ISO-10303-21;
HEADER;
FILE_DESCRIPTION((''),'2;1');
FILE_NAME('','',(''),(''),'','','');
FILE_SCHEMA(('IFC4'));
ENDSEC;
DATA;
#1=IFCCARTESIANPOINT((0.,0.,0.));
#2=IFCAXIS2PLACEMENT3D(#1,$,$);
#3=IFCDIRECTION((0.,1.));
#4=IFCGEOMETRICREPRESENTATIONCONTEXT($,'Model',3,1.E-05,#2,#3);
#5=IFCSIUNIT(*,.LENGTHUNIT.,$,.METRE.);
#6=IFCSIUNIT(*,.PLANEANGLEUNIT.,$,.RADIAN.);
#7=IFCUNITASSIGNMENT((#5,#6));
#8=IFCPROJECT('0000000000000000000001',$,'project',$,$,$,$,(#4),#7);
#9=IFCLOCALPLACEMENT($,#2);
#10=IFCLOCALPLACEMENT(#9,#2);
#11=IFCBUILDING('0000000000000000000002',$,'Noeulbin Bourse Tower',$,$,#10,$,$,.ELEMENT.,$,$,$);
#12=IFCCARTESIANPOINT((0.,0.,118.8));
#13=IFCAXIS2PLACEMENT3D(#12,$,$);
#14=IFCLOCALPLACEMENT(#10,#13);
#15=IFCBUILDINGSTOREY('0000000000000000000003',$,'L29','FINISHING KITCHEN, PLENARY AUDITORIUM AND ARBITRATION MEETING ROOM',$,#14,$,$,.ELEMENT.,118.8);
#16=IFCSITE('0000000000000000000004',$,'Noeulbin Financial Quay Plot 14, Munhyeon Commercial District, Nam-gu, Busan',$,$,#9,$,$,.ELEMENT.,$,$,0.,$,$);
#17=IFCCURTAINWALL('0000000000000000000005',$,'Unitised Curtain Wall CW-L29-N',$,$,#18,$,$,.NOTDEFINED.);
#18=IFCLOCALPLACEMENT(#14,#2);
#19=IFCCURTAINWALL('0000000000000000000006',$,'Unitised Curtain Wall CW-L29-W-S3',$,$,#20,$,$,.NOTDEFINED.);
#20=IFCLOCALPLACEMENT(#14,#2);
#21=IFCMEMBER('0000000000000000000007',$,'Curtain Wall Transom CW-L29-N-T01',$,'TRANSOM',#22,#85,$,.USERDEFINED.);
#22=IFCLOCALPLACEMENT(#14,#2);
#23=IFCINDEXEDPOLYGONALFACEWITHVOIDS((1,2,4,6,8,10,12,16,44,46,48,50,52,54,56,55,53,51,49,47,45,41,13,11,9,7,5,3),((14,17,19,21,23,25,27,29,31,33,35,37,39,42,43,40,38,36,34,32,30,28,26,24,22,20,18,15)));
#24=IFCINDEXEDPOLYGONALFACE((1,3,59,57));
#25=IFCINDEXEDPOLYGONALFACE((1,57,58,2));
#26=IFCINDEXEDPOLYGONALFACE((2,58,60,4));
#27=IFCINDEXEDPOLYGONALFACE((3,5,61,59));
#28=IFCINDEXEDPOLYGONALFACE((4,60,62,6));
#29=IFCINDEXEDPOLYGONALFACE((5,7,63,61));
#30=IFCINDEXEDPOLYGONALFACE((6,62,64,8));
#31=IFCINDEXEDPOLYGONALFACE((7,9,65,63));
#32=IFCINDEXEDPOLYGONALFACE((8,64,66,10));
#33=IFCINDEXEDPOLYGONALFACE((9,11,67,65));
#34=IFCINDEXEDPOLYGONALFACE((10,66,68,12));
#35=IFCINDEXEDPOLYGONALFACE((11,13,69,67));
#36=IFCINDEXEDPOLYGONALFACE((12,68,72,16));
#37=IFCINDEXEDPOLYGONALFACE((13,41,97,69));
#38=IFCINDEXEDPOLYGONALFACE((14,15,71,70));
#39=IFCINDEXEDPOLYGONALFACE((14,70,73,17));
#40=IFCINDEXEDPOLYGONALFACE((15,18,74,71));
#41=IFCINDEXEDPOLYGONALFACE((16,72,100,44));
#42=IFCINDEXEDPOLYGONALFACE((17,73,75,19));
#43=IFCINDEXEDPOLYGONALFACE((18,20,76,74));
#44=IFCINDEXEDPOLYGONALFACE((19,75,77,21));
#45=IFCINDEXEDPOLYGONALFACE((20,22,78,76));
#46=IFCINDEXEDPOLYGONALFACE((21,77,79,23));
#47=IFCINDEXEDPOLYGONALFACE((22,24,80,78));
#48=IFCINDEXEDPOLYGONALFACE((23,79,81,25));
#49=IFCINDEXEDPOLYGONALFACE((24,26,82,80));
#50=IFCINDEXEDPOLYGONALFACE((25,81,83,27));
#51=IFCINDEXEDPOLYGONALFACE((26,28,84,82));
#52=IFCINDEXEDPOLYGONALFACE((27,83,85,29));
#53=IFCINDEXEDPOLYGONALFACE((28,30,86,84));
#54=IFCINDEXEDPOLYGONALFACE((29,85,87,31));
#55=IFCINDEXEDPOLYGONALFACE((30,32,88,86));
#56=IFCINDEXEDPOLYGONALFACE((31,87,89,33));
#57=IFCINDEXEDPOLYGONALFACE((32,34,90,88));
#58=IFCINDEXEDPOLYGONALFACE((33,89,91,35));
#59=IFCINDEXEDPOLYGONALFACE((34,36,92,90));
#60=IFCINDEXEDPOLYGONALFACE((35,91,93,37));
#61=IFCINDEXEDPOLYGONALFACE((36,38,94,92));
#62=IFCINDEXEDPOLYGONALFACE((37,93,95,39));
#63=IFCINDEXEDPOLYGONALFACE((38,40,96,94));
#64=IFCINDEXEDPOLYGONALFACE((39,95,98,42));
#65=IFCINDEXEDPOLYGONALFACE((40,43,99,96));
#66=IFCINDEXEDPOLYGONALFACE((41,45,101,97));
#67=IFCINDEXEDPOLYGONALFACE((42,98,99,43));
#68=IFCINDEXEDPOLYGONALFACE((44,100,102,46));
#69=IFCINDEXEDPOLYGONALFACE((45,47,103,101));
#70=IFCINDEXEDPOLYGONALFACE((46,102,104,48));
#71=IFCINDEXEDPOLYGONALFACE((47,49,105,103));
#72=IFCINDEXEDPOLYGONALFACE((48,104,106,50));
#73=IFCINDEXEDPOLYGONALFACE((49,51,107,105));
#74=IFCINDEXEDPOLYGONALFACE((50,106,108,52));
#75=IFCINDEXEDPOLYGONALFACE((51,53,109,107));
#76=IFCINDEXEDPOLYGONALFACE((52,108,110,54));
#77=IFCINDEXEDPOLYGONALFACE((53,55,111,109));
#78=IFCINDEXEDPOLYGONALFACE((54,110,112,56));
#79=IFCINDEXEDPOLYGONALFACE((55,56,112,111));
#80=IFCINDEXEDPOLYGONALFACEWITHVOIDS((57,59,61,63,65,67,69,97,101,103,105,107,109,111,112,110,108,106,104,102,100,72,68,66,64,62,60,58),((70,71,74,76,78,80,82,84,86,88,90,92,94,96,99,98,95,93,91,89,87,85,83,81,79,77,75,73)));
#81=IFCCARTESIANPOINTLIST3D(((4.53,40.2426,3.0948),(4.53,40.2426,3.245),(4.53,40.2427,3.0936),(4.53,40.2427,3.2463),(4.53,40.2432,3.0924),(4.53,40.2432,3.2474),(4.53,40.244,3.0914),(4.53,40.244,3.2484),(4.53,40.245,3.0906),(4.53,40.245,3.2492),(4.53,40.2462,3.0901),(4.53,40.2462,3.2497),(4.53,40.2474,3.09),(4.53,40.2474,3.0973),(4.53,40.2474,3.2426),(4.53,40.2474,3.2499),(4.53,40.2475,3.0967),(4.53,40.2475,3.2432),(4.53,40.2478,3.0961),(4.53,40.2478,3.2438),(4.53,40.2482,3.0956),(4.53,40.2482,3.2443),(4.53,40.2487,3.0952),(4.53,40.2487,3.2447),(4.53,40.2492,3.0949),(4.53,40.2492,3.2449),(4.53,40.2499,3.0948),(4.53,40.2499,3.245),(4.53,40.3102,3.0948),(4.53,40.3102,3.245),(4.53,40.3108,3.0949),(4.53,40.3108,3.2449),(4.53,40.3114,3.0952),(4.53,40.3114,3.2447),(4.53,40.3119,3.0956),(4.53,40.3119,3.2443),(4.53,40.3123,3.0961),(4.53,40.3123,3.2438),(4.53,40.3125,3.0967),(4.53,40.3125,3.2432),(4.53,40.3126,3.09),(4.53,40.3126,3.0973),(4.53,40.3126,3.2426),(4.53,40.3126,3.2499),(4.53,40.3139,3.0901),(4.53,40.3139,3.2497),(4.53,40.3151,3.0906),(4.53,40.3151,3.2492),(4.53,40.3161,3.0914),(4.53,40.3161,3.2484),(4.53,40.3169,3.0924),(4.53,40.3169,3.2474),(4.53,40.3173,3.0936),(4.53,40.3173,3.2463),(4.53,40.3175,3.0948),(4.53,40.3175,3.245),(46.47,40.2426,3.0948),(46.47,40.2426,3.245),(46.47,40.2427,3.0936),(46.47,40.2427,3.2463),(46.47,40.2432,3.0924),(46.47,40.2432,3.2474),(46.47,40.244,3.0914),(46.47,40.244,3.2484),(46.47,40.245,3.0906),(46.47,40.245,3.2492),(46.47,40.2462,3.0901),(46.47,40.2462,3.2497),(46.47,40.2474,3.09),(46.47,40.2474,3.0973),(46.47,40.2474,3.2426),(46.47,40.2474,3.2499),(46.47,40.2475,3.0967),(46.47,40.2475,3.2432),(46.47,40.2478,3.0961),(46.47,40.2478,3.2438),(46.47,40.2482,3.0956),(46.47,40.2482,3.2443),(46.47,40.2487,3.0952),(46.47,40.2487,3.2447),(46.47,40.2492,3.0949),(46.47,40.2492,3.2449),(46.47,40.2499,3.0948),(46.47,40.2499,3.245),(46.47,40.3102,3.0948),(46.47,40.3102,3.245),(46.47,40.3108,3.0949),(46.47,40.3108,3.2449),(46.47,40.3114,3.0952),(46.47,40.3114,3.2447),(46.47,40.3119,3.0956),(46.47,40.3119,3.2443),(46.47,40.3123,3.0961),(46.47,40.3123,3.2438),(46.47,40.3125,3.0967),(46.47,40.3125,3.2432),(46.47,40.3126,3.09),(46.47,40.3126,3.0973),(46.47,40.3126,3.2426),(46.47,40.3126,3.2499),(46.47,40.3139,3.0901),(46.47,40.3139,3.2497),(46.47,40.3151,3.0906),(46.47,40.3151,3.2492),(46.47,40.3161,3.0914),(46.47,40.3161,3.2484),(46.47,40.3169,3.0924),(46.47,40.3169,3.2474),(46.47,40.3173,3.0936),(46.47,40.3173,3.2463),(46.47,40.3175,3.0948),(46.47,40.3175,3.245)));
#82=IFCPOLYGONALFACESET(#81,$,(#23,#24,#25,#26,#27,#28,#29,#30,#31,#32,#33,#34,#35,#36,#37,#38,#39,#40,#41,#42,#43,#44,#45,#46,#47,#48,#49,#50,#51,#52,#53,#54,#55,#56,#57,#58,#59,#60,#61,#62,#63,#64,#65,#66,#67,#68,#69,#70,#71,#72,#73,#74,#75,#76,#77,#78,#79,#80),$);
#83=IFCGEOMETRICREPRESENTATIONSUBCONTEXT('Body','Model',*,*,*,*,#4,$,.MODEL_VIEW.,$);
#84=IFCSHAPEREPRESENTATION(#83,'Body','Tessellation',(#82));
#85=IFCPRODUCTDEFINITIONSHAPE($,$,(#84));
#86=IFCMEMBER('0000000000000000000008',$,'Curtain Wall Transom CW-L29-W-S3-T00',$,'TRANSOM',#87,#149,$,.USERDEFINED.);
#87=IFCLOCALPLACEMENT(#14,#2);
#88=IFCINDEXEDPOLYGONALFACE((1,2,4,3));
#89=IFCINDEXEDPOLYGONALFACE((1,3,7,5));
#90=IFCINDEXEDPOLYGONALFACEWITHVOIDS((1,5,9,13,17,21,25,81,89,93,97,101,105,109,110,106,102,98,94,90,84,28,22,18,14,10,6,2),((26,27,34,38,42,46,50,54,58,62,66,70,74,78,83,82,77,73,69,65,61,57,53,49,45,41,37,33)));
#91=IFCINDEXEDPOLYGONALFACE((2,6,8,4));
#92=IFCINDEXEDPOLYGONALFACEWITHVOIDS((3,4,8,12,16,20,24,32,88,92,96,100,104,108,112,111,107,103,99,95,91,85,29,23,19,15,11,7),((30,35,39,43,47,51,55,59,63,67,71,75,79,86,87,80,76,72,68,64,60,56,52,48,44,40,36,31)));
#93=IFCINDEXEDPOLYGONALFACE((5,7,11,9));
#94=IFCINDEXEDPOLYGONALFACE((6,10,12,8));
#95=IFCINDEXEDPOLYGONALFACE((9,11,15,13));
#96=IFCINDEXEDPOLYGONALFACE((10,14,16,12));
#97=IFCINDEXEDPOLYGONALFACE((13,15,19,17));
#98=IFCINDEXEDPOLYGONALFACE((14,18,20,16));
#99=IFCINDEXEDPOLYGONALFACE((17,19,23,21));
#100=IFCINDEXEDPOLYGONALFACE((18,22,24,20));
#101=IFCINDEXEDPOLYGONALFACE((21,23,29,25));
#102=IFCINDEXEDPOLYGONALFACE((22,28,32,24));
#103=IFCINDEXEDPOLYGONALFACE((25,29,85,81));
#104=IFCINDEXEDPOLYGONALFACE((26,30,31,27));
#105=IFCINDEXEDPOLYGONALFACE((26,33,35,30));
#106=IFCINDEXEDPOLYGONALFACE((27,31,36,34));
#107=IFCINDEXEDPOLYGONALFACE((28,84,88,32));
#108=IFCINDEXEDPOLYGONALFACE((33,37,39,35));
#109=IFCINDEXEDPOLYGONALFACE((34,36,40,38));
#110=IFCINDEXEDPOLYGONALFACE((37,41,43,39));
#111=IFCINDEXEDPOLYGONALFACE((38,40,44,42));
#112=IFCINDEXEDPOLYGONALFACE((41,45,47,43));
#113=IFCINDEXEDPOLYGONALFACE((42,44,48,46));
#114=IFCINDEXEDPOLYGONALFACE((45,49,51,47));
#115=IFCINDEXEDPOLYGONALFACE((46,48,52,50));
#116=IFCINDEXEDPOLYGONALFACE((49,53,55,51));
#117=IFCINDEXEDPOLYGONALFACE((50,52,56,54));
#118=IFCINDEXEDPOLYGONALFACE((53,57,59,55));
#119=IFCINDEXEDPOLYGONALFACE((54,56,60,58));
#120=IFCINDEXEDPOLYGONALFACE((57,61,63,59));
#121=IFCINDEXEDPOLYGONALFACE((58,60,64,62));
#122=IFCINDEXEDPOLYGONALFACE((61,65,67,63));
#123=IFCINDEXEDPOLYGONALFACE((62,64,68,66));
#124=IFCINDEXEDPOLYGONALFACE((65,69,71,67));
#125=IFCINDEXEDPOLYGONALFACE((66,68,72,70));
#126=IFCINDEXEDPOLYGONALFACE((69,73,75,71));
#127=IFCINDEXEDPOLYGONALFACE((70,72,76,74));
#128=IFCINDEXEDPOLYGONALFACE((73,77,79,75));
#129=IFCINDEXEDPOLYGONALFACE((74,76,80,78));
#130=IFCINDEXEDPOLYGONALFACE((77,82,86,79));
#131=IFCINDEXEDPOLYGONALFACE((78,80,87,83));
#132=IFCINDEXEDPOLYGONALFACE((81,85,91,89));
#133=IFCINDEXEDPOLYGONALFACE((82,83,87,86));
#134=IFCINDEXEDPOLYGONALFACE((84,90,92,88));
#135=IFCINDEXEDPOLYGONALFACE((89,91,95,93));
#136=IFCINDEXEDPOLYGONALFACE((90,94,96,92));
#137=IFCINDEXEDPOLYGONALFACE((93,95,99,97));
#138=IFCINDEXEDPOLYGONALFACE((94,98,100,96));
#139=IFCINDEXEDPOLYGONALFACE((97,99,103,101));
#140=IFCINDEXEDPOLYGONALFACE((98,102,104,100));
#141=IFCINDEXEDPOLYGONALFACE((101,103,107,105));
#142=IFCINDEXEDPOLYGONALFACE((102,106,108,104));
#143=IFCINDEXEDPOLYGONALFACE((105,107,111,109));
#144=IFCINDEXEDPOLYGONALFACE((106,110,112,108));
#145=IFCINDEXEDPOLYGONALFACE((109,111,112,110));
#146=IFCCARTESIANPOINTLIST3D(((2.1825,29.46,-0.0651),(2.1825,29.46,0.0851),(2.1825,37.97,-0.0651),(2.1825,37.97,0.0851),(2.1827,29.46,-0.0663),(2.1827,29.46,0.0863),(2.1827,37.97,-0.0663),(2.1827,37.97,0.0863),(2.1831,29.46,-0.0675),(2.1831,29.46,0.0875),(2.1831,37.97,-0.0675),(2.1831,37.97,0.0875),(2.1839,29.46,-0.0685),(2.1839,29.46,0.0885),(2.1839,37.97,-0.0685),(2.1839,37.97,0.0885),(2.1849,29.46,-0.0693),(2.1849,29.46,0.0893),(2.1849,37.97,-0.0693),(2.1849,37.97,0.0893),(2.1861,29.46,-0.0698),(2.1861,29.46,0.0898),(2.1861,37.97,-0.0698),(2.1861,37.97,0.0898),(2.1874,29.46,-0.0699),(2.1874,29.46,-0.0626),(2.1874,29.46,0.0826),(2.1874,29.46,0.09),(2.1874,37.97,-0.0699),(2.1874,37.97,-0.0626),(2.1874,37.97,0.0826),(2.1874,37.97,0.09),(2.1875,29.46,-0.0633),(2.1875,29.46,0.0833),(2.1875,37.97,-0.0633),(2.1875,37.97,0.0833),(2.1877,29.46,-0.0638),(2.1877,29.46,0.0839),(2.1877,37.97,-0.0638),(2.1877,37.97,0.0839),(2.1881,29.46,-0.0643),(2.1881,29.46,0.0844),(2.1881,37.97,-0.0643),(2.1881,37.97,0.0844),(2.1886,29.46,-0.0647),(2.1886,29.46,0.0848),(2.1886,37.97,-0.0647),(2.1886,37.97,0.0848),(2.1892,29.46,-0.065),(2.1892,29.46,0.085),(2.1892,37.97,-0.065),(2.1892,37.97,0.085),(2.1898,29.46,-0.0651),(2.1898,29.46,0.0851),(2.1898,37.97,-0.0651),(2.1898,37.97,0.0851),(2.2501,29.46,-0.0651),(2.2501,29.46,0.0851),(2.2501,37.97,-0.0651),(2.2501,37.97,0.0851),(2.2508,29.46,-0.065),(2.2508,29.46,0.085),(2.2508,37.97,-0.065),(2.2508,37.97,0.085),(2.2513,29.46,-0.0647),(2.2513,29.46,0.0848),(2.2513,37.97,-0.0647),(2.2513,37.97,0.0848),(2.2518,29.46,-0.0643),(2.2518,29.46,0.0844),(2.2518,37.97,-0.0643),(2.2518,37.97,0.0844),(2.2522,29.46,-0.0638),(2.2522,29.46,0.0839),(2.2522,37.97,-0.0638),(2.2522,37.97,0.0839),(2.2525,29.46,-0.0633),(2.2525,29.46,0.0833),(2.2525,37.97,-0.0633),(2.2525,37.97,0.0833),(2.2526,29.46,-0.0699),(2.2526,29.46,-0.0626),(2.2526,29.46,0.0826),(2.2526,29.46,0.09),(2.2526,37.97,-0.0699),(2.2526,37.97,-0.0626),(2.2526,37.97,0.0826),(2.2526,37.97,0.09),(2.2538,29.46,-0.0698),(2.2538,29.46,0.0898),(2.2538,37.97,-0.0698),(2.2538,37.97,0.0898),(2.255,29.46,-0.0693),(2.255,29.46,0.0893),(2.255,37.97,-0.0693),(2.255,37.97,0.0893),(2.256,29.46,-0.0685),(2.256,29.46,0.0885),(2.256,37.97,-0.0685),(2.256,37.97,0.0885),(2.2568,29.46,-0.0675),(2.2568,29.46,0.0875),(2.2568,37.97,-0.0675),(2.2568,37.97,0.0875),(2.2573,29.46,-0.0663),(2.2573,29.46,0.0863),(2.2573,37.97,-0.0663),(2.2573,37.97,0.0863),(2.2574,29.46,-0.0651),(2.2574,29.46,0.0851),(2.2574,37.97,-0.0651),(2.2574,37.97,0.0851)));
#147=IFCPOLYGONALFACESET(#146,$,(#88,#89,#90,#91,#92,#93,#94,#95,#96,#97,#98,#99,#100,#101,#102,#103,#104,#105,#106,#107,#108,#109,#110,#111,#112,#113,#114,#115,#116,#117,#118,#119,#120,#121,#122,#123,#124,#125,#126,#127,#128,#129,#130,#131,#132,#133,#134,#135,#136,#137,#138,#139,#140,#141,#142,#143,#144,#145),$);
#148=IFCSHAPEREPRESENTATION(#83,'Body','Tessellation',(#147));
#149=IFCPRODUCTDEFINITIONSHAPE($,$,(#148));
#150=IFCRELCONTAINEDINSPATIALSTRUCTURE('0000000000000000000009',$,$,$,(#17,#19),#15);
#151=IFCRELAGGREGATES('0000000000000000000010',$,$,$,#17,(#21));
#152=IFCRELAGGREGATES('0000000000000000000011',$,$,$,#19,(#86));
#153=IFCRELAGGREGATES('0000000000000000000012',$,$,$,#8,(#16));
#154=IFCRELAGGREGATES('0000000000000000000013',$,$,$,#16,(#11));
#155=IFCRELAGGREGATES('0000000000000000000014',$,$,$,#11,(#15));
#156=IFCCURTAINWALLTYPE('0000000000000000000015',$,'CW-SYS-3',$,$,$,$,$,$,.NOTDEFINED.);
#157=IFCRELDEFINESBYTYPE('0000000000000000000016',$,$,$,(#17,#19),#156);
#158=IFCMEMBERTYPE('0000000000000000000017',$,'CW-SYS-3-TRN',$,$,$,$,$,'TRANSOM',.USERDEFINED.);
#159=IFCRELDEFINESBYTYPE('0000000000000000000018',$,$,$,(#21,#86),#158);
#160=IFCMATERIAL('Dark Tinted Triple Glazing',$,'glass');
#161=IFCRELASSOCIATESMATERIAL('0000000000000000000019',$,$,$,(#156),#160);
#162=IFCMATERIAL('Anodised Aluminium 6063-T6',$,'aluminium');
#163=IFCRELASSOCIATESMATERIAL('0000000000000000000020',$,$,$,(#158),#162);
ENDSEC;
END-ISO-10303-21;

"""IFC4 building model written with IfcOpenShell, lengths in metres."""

from ifc_helpers import new_model, si_unit, direction, frame, origin, origin_2d, place, context, subcontext, project, spatial, hollow_rectangle, extrude, material, material_profile, profile_set, type_object, element, aggregate, save


model = new_model("IFC4")

# Units and contexts
model_context = context("Model", 3, precision=1e-05, world=origin(), true_north=direction((0.0, 1.0)))
body_context = subcontext(model_context, "Body", "Model", "MODEL_VIEW")
ifc_project = project(units=[si_unit("LENGTHUNIT", "METRE"), si_unit("PLANEANGLEUNIT", "RADIAN")], contexts=[model_context])

# Site, building, storey
site_placement = place(None, origin())
site = spatial("IfcSite", under=ifc_project, at=site_placement, Name="Noeulbin Financial Quay Plot 14, Munhyeon Commercial District, Nam-gu, Busan", CompositionType="ELEMENT", RefElevation=0.0)
building_placement = place(site_placement, origin())
building = spatial("IfcBuilding", under=site, at=building_placement, Name="Noeulbin Bourse Tower", CompositionType="ELEMENT")
storey_placement = place(building_placement, frame((0.0, 0.0, 118.8)))
storey = spatial("IfcBuildingStorey", under=building, at=storey_placement, Name="L29", Description="FINISHING KITCHEN, PLENARY AUDITORIUM AND ARBITRATION MEETING ROOM", CompositionType="ELEMENT", Elevation=118.8)

# Curtain walls
ifc_material_1 = material(Name="Dark Tinted Triple Glazing", Category="glass")
curtain_wall_type = type_object("IfcCurtainWallType", Name="CW-SYS-3", PredefinedType="NOTDEFINED", material=ifc_material_1)
curtain_wall_1_placement = place(storey_placement, origin())
curtain_wall_1 = element("IfcCurtainWall", 1, at=curtain_wall_1_placement, inside=storey, type_object=curtain_wall_type, Name="Unitised Curtain Wall CW-L29-N", PredefinedType="NOTDEFINED")
ifc_material_2 = material(Name="Anodised Aluminium 6063-T6", Category="aluminium")
curtain_wall_2_placement = place(storey_placement, origin())
curtain_wall_2 = element("IfcCurtainWall", 2, at=curtain_wall_2_placement, inside=storey, type_object=curtain_wall_type, Name="Unitised Curtain Wall CW-L29-W-S3", PredefinedType="NOTDEFINED")

# Members
ifc_material_profile_1 = material_profile(ifc_material_2, hollow_rectangle(XDim=0.075, YDim=0.1599, WallThickness=0.0049, InnerFilletRadius=0.0024, OuterFilletRadius=0.0049, at=origin_2d()), Name="ALU-TRAN-75x160x5", Category="LoadBearing")
ifc_profile_set_1 = profile_set([ifc_material_profile_1], Name="Anodised Aluminium 6063-T6")
member_type_1 = type_object("IfcMemberType", Name="CW-SYS-3-TRN", ElementType="TRANSOM", PredefinedType="USERDEFINED", material=ifc_profile_set_1)
member_1_placement = place(storey_placement, frame((4.53, 40.28, 3.1699), z_axis=(1.0, 0.0, 0.0), x_axis=(0.0, 1.0, 0.0)))
member_1 = element("IfcMember", 3, at=member_1_placement, type_object=member_type_1, Name="Curtain Wall Transom CW-L29-N-T01", ObjectType="TRANSOM", PredefinedType="USERDEFINED", context=body_context, shape_type="SweptSolid", body=[
    extrude(hollow_rectangle(XDim=0.075, YDim=0.1599, WallThickness=0.0049, InnerFilletRadius=0.0024, OuterFilletRadius=0.0049, at=origin_2d()), origin(), (0.0, 0.0, 1.0), 41.9399),
])
member_2_placement = place(storey_placement, frame((2.22, 29.46, 0.01), z_axis=(0.0, 1.0, 0.0), x_axis=(-1.0, 0.0, 0.0)))
member_2 = element("IfcMember", 4, at=member_2_placement, type_object=member_type_1, Name="Curtain Wall Transom CW-L29-W-S3-T00", ObjectType="TRANSOM", PredefinedType="USERDEFINED", context=body_context, shape_type="SweptSolid", body=[
    extrude(hollow_rectangle(XDim=0.075, YDim=0.1599, WallThickness=0.0049, InnerFilletRadius=0.0024, OuterFilletRadius=0.0049, at=origin_2d()), origin(), (0.0, 0.0, 1.0), 8.51),
])

aggregate(curtain_wall_1, [member_1])
aggregate(curtain_wall_2, [member_2])

save(model, "model.ifc")
